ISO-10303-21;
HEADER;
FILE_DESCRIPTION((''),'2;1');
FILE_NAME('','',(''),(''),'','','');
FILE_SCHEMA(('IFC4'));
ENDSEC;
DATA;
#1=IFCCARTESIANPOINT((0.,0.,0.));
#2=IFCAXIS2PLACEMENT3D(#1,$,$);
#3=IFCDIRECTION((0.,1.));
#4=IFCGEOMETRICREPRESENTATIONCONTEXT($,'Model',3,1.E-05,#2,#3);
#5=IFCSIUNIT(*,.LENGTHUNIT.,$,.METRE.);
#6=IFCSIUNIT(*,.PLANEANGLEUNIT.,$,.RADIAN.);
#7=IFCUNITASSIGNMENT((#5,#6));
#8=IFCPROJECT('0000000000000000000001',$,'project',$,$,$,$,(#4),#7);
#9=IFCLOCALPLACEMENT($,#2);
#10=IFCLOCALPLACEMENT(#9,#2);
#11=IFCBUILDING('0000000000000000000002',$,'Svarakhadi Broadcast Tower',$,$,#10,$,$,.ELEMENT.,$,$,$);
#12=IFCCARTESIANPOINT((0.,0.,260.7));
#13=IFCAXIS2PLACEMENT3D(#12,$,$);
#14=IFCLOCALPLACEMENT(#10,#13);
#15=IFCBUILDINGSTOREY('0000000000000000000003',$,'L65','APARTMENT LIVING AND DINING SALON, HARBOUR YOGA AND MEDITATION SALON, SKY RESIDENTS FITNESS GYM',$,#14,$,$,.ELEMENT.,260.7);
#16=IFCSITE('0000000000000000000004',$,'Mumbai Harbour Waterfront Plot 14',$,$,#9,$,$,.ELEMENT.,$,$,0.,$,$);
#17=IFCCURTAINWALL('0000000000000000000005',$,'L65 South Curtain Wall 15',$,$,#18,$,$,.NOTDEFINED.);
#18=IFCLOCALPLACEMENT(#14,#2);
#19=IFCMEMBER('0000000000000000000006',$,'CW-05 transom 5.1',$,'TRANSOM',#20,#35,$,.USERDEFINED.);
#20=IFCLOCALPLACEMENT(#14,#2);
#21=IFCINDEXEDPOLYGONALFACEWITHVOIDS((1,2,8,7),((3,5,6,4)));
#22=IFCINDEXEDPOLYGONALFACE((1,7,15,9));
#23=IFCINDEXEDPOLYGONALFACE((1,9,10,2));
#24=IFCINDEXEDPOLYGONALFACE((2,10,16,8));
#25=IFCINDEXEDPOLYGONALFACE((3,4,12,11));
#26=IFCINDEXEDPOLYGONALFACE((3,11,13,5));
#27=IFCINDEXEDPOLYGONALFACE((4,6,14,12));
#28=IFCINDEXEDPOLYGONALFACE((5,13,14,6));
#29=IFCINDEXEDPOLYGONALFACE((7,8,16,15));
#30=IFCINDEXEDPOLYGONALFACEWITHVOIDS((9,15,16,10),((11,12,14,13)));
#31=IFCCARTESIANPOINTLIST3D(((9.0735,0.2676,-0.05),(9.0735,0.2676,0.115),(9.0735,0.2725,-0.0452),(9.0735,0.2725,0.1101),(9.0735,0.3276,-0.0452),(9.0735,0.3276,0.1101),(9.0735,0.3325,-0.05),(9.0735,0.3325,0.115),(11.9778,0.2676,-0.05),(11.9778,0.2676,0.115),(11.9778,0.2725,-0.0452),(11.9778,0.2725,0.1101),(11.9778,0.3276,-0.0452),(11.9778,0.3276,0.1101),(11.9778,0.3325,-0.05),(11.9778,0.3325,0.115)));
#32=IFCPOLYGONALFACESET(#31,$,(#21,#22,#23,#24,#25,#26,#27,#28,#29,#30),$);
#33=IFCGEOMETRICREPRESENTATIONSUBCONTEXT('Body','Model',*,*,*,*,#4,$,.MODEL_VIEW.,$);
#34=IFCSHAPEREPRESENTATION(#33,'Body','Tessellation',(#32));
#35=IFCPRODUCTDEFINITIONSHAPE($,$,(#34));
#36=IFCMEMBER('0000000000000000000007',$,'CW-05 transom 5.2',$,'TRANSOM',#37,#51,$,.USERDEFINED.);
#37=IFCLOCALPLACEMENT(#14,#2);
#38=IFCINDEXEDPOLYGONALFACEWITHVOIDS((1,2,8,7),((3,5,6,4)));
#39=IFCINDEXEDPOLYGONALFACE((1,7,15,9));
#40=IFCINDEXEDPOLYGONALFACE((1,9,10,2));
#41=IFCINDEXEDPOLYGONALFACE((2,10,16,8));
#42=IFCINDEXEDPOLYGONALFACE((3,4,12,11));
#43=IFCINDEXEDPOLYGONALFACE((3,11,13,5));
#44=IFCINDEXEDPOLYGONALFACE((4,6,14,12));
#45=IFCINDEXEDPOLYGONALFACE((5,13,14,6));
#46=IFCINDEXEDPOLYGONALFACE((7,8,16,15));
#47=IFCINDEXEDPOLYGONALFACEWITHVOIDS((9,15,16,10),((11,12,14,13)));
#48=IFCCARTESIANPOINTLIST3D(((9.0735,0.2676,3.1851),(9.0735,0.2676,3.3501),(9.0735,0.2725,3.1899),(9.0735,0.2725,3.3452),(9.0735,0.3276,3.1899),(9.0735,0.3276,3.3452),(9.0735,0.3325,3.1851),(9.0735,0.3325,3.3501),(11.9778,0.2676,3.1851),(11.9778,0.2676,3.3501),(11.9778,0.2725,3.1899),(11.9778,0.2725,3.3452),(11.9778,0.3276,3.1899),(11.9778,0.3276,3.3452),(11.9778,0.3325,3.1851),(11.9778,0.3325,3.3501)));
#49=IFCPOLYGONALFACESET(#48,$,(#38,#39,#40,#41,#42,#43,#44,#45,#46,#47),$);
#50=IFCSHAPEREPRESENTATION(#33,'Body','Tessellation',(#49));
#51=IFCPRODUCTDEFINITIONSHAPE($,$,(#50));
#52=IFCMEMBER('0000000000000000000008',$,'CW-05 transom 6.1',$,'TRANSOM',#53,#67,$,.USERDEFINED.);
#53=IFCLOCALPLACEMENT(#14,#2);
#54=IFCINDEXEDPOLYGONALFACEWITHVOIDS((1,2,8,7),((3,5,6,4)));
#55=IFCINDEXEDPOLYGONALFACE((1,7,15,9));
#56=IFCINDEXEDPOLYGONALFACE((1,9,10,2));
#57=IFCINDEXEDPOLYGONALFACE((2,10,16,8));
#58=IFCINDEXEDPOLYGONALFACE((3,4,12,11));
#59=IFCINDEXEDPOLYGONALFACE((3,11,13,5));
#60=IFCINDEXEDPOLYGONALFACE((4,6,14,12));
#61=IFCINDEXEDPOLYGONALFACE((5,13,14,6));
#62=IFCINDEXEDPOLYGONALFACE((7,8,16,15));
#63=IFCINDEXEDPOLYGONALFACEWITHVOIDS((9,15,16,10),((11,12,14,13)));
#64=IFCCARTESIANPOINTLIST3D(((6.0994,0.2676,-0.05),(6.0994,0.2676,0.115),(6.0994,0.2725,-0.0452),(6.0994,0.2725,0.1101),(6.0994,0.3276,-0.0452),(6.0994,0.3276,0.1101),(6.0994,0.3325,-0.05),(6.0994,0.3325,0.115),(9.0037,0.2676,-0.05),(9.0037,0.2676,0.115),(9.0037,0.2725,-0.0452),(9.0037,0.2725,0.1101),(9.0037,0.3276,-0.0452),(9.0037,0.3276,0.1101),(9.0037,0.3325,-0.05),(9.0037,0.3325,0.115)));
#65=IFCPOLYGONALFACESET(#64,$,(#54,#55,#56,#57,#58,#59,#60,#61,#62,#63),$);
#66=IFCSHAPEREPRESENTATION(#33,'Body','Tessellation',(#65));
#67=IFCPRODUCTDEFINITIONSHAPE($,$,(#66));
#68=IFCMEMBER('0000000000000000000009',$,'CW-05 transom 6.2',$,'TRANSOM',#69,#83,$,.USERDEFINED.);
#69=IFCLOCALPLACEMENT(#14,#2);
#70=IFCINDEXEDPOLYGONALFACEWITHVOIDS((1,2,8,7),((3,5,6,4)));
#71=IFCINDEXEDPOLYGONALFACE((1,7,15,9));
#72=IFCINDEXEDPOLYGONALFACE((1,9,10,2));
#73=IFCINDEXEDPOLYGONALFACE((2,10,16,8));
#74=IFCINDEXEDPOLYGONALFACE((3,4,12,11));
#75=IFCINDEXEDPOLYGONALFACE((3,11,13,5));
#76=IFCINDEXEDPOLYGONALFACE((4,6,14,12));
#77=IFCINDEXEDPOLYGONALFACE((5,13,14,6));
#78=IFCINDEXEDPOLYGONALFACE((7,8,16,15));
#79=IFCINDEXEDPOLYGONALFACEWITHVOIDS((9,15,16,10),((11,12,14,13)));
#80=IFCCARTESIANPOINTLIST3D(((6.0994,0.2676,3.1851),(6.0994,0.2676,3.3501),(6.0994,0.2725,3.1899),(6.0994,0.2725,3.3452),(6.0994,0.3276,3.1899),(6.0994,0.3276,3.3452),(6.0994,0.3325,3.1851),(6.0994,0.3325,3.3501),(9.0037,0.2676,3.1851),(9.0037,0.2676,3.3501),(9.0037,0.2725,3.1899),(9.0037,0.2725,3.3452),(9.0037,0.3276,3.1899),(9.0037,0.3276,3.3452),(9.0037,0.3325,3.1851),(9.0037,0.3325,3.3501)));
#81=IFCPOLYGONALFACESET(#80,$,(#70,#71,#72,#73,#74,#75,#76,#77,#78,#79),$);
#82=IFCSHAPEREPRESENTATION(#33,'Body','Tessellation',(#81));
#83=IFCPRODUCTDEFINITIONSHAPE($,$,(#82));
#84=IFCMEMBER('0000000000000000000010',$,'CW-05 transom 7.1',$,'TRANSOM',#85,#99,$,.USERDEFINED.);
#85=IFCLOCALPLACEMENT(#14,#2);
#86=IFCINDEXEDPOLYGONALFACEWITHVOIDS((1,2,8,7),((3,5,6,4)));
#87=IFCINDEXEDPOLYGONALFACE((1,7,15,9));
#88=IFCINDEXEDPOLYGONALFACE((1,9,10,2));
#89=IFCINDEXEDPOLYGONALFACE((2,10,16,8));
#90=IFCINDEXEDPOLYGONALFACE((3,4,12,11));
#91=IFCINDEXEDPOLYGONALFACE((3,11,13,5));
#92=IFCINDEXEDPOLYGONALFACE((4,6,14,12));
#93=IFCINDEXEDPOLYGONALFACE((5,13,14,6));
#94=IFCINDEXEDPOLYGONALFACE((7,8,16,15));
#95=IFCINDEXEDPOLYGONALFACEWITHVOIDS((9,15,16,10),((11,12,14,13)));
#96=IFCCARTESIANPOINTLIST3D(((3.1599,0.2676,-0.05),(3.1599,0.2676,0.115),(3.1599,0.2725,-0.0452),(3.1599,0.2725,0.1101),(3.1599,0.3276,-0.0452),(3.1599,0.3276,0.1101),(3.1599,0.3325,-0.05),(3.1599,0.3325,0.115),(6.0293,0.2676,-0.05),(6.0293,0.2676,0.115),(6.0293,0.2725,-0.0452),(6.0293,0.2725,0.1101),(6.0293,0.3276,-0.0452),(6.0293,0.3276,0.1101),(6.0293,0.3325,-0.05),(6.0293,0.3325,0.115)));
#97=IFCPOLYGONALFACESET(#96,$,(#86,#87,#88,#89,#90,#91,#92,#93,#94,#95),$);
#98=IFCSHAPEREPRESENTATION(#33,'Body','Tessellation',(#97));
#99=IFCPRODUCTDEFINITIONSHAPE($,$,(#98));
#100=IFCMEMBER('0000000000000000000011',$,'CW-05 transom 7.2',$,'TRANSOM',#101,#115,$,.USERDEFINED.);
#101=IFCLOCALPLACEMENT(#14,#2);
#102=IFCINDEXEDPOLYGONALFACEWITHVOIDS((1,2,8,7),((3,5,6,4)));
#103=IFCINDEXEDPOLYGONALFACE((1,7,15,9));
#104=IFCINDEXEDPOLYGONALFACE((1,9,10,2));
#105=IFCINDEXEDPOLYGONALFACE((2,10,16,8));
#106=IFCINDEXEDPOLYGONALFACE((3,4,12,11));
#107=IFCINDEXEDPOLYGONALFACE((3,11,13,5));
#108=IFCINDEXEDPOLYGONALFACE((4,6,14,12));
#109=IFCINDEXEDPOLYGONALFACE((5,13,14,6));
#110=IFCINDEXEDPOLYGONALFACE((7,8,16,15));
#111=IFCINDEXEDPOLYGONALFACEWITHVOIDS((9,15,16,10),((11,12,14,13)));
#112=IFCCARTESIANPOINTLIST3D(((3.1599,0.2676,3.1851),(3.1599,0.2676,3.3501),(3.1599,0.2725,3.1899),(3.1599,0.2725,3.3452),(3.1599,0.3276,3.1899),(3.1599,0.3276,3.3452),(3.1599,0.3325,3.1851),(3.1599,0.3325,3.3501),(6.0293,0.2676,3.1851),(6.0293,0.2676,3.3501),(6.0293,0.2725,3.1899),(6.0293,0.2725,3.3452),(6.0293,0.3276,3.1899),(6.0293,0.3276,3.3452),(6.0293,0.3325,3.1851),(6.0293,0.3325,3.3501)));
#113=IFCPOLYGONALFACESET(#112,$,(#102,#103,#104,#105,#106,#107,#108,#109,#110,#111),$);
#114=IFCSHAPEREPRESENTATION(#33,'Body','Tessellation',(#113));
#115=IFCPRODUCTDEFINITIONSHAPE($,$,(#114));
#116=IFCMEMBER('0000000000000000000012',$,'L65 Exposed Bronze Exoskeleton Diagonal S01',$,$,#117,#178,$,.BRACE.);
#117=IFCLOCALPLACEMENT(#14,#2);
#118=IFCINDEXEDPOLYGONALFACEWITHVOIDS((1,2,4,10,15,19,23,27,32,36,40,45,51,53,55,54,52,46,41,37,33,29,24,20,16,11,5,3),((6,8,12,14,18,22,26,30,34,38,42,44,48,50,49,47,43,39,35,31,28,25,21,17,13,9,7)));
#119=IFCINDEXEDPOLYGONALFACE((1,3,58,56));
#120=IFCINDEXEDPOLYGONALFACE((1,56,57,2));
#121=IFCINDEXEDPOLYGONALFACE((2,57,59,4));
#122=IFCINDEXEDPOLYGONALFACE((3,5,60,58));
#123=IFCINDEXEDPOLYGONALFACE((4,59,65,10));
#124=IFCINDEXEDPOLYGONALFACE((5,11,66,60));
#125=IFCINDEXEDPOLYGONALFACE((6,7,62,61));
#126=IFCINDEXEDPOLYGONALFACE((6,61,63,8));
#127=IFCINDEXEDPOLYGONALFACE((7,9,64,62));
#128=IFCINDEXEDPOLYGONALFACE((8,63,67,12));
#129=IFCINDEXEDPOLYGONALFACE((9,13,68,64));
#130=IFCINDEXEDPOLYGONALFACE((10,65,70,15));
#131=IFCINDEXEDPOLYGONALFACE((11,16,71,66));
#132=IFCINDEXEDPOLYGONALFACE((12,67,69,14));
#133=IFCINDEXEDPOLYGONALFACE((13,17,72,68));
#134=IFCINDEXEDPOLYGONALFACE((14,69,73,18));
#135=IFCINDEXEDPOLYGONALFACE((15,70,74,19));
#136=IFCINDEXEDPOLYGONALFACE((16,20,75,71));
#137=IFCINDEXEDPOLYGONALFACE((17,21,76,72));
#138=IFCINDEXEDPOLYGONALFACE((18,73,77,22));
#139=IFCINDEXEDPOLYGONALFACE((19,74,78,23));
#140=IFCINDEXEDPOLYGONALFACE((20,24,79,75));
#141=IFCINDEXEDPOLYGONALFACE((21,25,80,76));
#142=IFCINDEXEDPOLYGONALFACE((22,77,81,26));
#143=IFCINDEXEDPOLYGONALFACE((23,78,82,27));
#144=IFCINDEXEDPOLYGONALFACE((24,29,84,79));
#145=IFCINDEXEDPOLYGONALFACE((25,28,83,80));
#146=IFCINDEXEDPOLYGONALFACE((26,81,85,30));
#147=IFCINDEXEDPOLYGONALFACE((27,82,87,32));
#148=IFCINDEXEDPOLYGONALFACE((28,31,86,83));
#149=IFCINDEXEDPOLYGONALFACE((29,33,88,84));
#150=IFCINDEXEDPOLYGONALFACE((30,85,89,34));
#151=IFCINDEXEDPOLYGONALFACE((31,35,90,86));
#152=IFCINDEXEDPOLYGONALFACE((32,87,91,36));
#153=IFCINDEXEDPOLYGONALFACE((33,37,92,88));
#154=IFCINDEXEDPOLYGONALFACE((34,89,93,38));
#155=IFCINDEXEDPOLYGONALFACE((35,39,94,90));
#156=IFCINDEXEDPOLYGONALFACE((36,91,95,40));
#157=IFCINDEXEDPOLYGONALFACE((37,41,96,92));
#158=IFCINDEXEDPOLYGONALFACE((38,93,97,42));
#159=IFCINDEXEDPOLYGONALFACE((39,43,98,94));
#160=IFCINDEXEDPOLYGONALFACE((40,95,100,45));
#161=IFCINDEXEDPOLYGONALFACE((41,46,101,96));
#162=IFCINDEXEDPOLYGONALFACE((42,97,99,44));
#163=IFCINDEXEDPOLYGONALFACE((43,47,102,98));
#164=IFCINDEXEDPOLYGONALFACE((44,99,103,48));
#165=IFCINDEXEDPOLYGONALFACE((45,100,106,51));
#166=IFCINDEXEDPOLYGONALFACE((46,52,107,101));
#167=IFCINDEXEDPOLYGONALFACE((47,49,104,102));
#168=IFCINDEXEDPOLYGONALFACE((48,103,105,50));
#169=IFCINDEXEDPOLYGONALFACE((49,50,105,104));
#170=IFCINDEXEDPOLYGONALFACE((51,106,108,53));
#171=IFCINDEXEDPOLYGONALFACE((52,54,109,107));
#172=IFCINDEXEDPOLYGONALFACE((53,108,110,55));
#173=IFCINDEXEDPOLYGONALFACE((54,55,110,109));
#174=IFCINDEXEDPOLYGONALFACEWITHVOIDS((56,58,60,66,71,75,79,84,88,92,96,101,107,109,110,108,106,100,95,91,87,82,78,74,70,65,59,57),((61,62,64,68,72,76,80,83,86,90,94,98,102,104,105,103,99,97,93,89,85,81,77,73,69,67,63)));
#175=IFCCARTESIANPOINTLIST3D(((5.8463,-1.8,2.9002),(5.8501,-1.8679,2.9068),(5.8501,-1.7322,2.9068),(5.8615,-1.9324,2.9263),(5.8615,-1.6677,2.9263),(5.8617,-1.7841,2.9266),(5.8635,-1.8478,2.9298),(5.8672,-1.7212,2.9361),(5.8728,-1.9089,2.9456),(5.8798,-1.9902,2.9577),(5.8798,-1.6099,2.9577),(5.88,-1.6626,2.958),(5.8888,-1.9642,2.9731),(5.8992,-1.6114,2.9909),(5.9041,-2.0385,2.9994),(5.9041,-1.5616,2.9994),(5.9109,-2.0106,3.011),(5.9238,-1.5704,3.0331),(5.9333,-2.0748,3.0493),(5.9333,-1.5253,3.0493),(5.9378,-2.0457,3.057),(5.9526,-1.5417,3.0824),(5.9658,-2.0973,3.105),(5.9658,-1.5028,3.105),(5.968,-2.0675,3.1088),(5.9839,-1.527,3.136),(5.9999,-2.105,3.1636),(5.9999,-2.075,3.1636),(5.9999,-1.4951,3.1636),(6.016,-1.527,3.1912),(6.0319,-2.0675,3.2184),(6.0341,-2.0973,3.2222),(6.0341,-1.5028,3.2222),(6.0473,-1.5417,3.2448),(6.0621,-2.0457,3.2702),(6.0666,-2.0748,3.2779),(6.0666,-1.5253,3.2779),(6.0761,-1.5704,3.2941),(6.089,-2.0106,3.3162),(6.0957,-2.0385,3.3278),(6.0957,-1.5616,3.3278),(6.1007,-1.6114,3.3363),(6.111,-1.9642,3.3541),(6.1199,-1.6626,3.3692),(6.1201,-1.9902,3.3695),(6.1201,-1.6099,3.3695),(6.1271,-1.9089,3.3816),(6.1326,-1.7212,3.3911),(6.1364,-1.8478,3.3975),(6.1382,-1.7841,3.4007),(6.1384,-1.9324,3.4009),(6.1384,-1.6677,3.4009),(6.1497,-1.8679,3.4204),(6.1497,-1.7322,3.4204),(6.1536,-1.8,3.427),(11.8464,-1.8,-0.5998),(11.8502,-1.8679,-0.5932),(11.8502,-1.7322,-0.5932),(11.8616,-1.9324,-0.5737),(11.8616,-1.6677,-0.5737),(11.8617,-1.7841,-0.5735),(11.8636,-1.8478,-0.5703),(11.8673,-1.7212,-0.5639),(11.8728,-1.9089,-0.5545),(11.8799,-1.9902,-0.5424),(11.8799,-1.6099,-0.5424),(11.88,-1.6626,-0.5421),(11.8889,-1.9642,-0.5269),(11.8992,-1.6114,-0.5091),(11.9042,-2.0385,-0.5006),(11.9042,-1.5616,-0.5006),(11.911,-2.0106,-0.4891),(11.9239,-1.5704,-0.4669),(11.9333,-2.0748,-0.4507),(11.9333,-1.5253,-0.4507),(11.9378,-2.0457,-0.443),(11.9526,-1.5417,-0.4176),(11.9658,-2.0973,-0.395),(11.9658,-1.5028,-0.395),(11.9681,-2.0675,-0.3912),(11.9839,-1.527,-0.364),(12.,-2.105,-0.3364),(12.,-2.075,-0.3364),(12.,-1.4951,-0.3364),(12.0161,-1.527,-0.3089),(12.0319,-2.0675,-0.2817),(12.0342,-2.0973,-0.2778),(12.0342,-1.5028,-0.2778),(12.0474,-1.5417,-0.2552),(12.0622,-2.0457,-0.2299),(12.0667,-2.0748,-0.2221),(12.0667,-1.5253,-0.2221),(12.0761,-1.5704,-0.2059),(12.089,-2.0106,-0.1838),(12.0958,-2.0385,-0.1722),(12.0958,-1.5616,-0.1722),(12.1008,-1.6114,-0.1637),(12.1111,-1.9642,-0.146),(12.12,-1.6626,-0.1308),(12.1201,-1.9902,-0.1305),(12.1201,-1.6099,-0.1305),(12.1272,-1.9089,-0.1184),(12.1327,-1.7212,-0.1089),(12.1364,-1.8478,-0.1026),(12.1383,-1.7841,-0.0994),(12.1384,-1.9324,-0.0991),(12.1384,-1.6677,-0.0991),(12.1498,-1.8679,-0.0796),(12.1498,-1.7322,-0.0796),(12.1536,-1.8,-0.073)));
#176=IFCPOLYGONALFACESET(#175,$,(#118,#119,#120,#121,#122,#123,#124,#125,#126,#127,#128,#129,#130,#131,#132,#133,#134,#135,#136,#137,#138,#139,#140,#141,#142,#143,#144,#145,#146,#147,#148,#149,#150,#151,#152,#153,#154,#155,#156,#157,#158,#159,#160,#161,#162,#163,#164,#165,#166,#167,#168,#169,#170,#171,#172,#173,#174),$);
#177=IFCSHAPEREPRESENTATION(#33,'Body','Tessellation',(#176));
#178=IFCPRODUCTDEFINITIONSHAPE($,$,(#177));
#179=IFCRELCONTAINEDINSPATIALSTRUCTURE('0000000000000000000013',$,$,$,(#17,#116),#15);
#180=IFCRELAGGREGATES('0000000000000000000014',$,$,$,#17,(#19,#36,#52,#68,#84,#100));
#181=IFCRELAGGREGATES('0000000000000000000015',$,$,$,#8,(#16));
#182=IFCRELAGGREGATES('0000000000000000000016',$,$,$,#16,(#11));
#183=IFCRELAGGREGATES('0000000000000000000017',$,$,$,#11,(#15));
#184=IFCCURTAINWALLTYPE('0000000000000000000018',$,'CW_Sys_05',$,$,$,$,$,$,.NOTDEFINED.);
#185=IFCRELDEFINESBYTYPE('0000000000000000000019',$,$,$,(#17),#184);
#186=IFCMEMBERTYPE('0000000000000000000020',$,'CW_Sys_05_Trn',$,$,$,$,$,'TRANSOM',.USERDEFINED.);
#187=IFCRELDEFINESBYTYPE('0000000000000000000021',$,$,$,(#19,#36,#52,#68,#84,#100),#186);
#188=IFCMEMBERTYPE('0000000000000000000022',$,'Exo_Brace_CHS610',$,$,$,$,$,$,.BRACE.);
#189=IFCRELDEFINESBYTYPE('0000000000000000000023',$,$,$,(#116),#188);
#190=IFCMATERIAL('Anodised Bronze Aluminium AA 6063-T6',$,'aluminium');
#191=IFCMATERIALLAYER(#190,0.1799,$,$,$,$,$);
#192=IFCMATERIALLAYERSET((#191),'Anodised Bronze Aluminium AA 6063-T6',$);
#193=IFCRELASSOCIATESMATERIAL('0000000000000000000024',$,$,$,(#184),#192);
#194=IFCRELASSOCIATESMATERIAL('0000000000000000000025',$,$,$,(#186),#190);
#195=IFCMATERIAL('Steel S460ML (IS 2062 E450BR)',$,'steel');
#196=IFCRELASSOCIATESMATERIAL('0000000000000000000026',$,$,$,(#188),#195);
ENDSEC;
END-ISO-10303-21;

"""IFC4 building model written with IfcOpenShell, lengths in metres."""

from ifc_helpers import new_model, si_unit, direction, frame, origin, origin_2d, place, context, subcontext, project, spatial, hollow_rectangle, hollow_circle, extrude, material, layer, layer_set, material_profile, profile_set, type_object, element, aggregate, save


model = new_model("IFC4")

# Units and contexts
model_context = context("Model", 3, precision=1e-05, world=origin(), true_north=direction((0.0, 1.0)))
body_context = subcontext(model_context, "Body", "Model", "MODEL_VIEW")
ifc_project = project(units=[si_unit("LENGTHUNIT", "METRE"), si_unit("PLANEANGLEUNIT", "RADIAN")], contexts=[model_context])

# Site, building, storey
site_placement = place(None, origin())
site = spatial("IfcSite", under=ifc_project, at=site_placement, Name="Mumbai Harbour Waterfront Plot 14", CompositionType="ELEMENT", RefElevation=0.0)
building_placement = place(site_placement, origin())
building = spatial("IfcBuilding", under=site, at=building_placement, Name="Svarakhadi Broadcast Tower", CompositionType="ELEMENT")
storey_placement = place(building_placement, frame((0.0, 0.0, 260.7)))
storey = spatial("IfcBuildingStorey", under=building, at=storey_placement, Name="L65", Description="APARTMENT LIVING AND DINING SALON, HARBOUR YOGA AND MEDITATION SALON, SKY RESIDENTS FITNESS GYM", CompositionType="ELEMENT", Elevation=260.7)

# Shared definitions
ifc_material_1 = material(Name="Steel S460ML (IS 2062 E450BR)", Category="steel")

# Curtain wall, members
ifc_material_2 = material(Name="Anodised Bronze Aluminium AA 6063-T6", Category="aluminium")
ifc_layer_1 = layer(ifc_material_2, 0.1799)
ifc_layer_set_1 = layer_set([ifc_layer_1], Name="Anodised Bronze Aluminium AA 6063-T6")
curtain_wall_type = type_object("IfcCurtainWallType", Name="CW_Sys_05", PredefinedType="NOTDEFINED", material=ifc_layer_set_1)
curtain_wall_placement = place(storey_placement, origin())
curtain_wall = element("IfcCurtainWall", 1, at=curtain_wall_placement, inside=storey, type_object=curtain_wall_type, Name="L65 South Curtain Wall 15", PredefinedType="NOTDEFINED")
ifc_material_profile_1 = material_profile(ifc_material_2, hollow_rectangle(XDim=0.0649, YDim=0.165, WallThickness=0.0049, at=origin_2d()), Name="ALU TRANSOM 165x65x5")
ifc_profile_set_1 = profile_set([ifc_material_profile_1], Name="Anodised Bronze Aluminium AA 6063-T6")
member_type_1 = type_object("IfcMemberType", Name="CW_Sys_05_Trn", ElementType="TRANSOM", PredefinedType="USERDEFINED", material=ifc_profile_set_1)
member_1_placement = place(storey_placement, frame((11.9778, 0.3, 0.0325), z_axis=(-1.0, 0.0, 0.0), x_axis=(0.0, -1.0, 0.0)))
member_1 = element("IfcMember", 2, at=member_1_placement, type_object=member_type_1, Name="CW-05 transom 5.1", ObjectType="TRANSOM", PredefinedType="USERDEFINED", context=body_context, shape_type="SweptSolid", body=[
    extrude(hollow_rectangle(XDim=0.0649, YDim=0.165, WallThickness=0.0049, at=origin_2d()), origin(), (0.0, 0.0, 1.0), 2.9043),
])
member_2_placement = place(storey_placement, frame((11.9778, 0.3, 3.2676), z_axis=(-1.0, 0.0, 0.0), x_axis=(0.0, -1.0, 0.0)))
member_2 = element("IfcMember", 3, at=member_2_placement, type_object=member_type_1, Name="CW-05 transom 5.2", ObjectType="TRANSOM", PredefinedType="USERDEFINED", context=body_context, shape_type="SweptSolid", body=[
    extrude(hollow_rectangle(XDim=0.0649, YDim=0.165, WallThickness=0.0049, at=origin_2d()), origin(), (0.0, 0.0, 1.0), 2.9043),
])
member_3_placement = place(storey_placement, frame((9.0037, 0.3, 0.0325), z_axis=(-1.0, 0.0, 0.0), x_axis=(0.0, -1.0, 0.0)))
member_3 = element("IfcMember", 4, at=member_3_placement, type_object=member_type_1, Name="CW-05 transom 6.1", ObjectType="TRANSOM", PredefinedType="USERDEFINED", context=body_context, shape_type="SweptSolid", body=[
    extrude(hollow_rectangle(XDim=0.0649, YDim=0.165, WallThickness=0.0049, at=origin_2d()), origin(), (0.0, 0.0, 1.0), 2.9043),
])
member_4_placement = place(storey_placement, frame((9.0037, 0.3, 3.2676), z_axis=(-1.0, 0.0, 0.0), x_axis=(0.0, -1.0, 0.0)))
member_4 = element("IfcMember", 5, at=member_4_placement, type_object=member_type_1, Name="CW-05 transom 6.2", ObjectType="TRANSOM", PredefinedType="USERDEFINED", context=body_context, shape_type="SweptSolid", body=[
    extrude(hollow_rectangle(XDim=0.0649, YDim=0.165, WallThickness=0.0049, at=origin_2d()), origin(), (0.0, 0.0, 1.0), 2.9043),
])
member_5_placement = place(storey_placement, frame((6.0293, 0.3, 0.0325), z_axis=(-1.0, 0.0, 0.0), x_axis=(0.0, -1.0, 0.0)))
member_5 = element("IfcMember", 6, at=member_5_placement, type_object=member_type_1, Name="CW-05 transom 7.1", ObjectType="TRANSOM", PredefinedType="USERDEFINED", context=body_context, shape_type="SweptSolid", body=[
    extrude(hollow_rectangle(XDim=0.0649, YDim=0.165, WallThickness=0.0049, at=origin_2d()), origin(), (0.0, 0.0, 1.0), 2.8694),
])
member_6_placement = place(storey_placement, frame((6.0293, 0.3, 3.2676), z_axis=(-1.0, 0.0, 0.0), x_axis=(0.0, -1.0, 0.0)))
member_6 = element("IfcMember", 7, at=member_6_placement, type_object=member_type_1, Name="CW-05 transom 7.2", ObjectType="TRANSOM", PredefinedType="USERDEFINED", context=body_context, shape_type="SweptSolid", body=[
    extrude(hollow_rectangle(XDim=0.0649, YDim=0.165, WallThickness=0.0049, at=origin_2d()), origin(), (0.0, 0.0, 1.0), 2.8694),
])

# Member
ifc_material_profile_2 = material_profile(ifc_material_1, hollow_circle(Radius=0.3049, WallThickness=0.03, at=origin_2d()), Name="CHS 610x30")
ifc_profile_set_2 = profile_set([ifc_material_profile_2], Name="Steel S460ML (IS 2062 E450BR)")
member_type_2 = type_object("IfcMemberType", Name="Exo_Brace_CHS610", PredefinedType="BRACE", material=ifc_profile_set_2)
for number, where, z_axis, x_axis, name in (
    (8, (12.0, -1.8, -0.3364), (-0.863779, 0.0, 0.503871), (0.0, -1.0, 0.0), "L65 Exposed Bronze Exoskeleton Diagonal S01"),
):
    element("IfcMember", number, at=place(storey_placement, frame(where, z_axis=z_axis, x_axis=x_axis)), inside=storey, type_object=member_type_2, Name=name, PredefinedType="BRACE", context=body_context, shape_type="SweptSolid", body=[
        extrude(hollow_circle(Radius=0.3049, WallThickness=0.03, at=origin_2d()), origin(), (0.0, 0.0, 1.0), 6.9463),
    ])

aggregate(curtain_wall, [member_1, member_2, member_3, member_4, member_5, member_6])

save(model, "model.ifc")
